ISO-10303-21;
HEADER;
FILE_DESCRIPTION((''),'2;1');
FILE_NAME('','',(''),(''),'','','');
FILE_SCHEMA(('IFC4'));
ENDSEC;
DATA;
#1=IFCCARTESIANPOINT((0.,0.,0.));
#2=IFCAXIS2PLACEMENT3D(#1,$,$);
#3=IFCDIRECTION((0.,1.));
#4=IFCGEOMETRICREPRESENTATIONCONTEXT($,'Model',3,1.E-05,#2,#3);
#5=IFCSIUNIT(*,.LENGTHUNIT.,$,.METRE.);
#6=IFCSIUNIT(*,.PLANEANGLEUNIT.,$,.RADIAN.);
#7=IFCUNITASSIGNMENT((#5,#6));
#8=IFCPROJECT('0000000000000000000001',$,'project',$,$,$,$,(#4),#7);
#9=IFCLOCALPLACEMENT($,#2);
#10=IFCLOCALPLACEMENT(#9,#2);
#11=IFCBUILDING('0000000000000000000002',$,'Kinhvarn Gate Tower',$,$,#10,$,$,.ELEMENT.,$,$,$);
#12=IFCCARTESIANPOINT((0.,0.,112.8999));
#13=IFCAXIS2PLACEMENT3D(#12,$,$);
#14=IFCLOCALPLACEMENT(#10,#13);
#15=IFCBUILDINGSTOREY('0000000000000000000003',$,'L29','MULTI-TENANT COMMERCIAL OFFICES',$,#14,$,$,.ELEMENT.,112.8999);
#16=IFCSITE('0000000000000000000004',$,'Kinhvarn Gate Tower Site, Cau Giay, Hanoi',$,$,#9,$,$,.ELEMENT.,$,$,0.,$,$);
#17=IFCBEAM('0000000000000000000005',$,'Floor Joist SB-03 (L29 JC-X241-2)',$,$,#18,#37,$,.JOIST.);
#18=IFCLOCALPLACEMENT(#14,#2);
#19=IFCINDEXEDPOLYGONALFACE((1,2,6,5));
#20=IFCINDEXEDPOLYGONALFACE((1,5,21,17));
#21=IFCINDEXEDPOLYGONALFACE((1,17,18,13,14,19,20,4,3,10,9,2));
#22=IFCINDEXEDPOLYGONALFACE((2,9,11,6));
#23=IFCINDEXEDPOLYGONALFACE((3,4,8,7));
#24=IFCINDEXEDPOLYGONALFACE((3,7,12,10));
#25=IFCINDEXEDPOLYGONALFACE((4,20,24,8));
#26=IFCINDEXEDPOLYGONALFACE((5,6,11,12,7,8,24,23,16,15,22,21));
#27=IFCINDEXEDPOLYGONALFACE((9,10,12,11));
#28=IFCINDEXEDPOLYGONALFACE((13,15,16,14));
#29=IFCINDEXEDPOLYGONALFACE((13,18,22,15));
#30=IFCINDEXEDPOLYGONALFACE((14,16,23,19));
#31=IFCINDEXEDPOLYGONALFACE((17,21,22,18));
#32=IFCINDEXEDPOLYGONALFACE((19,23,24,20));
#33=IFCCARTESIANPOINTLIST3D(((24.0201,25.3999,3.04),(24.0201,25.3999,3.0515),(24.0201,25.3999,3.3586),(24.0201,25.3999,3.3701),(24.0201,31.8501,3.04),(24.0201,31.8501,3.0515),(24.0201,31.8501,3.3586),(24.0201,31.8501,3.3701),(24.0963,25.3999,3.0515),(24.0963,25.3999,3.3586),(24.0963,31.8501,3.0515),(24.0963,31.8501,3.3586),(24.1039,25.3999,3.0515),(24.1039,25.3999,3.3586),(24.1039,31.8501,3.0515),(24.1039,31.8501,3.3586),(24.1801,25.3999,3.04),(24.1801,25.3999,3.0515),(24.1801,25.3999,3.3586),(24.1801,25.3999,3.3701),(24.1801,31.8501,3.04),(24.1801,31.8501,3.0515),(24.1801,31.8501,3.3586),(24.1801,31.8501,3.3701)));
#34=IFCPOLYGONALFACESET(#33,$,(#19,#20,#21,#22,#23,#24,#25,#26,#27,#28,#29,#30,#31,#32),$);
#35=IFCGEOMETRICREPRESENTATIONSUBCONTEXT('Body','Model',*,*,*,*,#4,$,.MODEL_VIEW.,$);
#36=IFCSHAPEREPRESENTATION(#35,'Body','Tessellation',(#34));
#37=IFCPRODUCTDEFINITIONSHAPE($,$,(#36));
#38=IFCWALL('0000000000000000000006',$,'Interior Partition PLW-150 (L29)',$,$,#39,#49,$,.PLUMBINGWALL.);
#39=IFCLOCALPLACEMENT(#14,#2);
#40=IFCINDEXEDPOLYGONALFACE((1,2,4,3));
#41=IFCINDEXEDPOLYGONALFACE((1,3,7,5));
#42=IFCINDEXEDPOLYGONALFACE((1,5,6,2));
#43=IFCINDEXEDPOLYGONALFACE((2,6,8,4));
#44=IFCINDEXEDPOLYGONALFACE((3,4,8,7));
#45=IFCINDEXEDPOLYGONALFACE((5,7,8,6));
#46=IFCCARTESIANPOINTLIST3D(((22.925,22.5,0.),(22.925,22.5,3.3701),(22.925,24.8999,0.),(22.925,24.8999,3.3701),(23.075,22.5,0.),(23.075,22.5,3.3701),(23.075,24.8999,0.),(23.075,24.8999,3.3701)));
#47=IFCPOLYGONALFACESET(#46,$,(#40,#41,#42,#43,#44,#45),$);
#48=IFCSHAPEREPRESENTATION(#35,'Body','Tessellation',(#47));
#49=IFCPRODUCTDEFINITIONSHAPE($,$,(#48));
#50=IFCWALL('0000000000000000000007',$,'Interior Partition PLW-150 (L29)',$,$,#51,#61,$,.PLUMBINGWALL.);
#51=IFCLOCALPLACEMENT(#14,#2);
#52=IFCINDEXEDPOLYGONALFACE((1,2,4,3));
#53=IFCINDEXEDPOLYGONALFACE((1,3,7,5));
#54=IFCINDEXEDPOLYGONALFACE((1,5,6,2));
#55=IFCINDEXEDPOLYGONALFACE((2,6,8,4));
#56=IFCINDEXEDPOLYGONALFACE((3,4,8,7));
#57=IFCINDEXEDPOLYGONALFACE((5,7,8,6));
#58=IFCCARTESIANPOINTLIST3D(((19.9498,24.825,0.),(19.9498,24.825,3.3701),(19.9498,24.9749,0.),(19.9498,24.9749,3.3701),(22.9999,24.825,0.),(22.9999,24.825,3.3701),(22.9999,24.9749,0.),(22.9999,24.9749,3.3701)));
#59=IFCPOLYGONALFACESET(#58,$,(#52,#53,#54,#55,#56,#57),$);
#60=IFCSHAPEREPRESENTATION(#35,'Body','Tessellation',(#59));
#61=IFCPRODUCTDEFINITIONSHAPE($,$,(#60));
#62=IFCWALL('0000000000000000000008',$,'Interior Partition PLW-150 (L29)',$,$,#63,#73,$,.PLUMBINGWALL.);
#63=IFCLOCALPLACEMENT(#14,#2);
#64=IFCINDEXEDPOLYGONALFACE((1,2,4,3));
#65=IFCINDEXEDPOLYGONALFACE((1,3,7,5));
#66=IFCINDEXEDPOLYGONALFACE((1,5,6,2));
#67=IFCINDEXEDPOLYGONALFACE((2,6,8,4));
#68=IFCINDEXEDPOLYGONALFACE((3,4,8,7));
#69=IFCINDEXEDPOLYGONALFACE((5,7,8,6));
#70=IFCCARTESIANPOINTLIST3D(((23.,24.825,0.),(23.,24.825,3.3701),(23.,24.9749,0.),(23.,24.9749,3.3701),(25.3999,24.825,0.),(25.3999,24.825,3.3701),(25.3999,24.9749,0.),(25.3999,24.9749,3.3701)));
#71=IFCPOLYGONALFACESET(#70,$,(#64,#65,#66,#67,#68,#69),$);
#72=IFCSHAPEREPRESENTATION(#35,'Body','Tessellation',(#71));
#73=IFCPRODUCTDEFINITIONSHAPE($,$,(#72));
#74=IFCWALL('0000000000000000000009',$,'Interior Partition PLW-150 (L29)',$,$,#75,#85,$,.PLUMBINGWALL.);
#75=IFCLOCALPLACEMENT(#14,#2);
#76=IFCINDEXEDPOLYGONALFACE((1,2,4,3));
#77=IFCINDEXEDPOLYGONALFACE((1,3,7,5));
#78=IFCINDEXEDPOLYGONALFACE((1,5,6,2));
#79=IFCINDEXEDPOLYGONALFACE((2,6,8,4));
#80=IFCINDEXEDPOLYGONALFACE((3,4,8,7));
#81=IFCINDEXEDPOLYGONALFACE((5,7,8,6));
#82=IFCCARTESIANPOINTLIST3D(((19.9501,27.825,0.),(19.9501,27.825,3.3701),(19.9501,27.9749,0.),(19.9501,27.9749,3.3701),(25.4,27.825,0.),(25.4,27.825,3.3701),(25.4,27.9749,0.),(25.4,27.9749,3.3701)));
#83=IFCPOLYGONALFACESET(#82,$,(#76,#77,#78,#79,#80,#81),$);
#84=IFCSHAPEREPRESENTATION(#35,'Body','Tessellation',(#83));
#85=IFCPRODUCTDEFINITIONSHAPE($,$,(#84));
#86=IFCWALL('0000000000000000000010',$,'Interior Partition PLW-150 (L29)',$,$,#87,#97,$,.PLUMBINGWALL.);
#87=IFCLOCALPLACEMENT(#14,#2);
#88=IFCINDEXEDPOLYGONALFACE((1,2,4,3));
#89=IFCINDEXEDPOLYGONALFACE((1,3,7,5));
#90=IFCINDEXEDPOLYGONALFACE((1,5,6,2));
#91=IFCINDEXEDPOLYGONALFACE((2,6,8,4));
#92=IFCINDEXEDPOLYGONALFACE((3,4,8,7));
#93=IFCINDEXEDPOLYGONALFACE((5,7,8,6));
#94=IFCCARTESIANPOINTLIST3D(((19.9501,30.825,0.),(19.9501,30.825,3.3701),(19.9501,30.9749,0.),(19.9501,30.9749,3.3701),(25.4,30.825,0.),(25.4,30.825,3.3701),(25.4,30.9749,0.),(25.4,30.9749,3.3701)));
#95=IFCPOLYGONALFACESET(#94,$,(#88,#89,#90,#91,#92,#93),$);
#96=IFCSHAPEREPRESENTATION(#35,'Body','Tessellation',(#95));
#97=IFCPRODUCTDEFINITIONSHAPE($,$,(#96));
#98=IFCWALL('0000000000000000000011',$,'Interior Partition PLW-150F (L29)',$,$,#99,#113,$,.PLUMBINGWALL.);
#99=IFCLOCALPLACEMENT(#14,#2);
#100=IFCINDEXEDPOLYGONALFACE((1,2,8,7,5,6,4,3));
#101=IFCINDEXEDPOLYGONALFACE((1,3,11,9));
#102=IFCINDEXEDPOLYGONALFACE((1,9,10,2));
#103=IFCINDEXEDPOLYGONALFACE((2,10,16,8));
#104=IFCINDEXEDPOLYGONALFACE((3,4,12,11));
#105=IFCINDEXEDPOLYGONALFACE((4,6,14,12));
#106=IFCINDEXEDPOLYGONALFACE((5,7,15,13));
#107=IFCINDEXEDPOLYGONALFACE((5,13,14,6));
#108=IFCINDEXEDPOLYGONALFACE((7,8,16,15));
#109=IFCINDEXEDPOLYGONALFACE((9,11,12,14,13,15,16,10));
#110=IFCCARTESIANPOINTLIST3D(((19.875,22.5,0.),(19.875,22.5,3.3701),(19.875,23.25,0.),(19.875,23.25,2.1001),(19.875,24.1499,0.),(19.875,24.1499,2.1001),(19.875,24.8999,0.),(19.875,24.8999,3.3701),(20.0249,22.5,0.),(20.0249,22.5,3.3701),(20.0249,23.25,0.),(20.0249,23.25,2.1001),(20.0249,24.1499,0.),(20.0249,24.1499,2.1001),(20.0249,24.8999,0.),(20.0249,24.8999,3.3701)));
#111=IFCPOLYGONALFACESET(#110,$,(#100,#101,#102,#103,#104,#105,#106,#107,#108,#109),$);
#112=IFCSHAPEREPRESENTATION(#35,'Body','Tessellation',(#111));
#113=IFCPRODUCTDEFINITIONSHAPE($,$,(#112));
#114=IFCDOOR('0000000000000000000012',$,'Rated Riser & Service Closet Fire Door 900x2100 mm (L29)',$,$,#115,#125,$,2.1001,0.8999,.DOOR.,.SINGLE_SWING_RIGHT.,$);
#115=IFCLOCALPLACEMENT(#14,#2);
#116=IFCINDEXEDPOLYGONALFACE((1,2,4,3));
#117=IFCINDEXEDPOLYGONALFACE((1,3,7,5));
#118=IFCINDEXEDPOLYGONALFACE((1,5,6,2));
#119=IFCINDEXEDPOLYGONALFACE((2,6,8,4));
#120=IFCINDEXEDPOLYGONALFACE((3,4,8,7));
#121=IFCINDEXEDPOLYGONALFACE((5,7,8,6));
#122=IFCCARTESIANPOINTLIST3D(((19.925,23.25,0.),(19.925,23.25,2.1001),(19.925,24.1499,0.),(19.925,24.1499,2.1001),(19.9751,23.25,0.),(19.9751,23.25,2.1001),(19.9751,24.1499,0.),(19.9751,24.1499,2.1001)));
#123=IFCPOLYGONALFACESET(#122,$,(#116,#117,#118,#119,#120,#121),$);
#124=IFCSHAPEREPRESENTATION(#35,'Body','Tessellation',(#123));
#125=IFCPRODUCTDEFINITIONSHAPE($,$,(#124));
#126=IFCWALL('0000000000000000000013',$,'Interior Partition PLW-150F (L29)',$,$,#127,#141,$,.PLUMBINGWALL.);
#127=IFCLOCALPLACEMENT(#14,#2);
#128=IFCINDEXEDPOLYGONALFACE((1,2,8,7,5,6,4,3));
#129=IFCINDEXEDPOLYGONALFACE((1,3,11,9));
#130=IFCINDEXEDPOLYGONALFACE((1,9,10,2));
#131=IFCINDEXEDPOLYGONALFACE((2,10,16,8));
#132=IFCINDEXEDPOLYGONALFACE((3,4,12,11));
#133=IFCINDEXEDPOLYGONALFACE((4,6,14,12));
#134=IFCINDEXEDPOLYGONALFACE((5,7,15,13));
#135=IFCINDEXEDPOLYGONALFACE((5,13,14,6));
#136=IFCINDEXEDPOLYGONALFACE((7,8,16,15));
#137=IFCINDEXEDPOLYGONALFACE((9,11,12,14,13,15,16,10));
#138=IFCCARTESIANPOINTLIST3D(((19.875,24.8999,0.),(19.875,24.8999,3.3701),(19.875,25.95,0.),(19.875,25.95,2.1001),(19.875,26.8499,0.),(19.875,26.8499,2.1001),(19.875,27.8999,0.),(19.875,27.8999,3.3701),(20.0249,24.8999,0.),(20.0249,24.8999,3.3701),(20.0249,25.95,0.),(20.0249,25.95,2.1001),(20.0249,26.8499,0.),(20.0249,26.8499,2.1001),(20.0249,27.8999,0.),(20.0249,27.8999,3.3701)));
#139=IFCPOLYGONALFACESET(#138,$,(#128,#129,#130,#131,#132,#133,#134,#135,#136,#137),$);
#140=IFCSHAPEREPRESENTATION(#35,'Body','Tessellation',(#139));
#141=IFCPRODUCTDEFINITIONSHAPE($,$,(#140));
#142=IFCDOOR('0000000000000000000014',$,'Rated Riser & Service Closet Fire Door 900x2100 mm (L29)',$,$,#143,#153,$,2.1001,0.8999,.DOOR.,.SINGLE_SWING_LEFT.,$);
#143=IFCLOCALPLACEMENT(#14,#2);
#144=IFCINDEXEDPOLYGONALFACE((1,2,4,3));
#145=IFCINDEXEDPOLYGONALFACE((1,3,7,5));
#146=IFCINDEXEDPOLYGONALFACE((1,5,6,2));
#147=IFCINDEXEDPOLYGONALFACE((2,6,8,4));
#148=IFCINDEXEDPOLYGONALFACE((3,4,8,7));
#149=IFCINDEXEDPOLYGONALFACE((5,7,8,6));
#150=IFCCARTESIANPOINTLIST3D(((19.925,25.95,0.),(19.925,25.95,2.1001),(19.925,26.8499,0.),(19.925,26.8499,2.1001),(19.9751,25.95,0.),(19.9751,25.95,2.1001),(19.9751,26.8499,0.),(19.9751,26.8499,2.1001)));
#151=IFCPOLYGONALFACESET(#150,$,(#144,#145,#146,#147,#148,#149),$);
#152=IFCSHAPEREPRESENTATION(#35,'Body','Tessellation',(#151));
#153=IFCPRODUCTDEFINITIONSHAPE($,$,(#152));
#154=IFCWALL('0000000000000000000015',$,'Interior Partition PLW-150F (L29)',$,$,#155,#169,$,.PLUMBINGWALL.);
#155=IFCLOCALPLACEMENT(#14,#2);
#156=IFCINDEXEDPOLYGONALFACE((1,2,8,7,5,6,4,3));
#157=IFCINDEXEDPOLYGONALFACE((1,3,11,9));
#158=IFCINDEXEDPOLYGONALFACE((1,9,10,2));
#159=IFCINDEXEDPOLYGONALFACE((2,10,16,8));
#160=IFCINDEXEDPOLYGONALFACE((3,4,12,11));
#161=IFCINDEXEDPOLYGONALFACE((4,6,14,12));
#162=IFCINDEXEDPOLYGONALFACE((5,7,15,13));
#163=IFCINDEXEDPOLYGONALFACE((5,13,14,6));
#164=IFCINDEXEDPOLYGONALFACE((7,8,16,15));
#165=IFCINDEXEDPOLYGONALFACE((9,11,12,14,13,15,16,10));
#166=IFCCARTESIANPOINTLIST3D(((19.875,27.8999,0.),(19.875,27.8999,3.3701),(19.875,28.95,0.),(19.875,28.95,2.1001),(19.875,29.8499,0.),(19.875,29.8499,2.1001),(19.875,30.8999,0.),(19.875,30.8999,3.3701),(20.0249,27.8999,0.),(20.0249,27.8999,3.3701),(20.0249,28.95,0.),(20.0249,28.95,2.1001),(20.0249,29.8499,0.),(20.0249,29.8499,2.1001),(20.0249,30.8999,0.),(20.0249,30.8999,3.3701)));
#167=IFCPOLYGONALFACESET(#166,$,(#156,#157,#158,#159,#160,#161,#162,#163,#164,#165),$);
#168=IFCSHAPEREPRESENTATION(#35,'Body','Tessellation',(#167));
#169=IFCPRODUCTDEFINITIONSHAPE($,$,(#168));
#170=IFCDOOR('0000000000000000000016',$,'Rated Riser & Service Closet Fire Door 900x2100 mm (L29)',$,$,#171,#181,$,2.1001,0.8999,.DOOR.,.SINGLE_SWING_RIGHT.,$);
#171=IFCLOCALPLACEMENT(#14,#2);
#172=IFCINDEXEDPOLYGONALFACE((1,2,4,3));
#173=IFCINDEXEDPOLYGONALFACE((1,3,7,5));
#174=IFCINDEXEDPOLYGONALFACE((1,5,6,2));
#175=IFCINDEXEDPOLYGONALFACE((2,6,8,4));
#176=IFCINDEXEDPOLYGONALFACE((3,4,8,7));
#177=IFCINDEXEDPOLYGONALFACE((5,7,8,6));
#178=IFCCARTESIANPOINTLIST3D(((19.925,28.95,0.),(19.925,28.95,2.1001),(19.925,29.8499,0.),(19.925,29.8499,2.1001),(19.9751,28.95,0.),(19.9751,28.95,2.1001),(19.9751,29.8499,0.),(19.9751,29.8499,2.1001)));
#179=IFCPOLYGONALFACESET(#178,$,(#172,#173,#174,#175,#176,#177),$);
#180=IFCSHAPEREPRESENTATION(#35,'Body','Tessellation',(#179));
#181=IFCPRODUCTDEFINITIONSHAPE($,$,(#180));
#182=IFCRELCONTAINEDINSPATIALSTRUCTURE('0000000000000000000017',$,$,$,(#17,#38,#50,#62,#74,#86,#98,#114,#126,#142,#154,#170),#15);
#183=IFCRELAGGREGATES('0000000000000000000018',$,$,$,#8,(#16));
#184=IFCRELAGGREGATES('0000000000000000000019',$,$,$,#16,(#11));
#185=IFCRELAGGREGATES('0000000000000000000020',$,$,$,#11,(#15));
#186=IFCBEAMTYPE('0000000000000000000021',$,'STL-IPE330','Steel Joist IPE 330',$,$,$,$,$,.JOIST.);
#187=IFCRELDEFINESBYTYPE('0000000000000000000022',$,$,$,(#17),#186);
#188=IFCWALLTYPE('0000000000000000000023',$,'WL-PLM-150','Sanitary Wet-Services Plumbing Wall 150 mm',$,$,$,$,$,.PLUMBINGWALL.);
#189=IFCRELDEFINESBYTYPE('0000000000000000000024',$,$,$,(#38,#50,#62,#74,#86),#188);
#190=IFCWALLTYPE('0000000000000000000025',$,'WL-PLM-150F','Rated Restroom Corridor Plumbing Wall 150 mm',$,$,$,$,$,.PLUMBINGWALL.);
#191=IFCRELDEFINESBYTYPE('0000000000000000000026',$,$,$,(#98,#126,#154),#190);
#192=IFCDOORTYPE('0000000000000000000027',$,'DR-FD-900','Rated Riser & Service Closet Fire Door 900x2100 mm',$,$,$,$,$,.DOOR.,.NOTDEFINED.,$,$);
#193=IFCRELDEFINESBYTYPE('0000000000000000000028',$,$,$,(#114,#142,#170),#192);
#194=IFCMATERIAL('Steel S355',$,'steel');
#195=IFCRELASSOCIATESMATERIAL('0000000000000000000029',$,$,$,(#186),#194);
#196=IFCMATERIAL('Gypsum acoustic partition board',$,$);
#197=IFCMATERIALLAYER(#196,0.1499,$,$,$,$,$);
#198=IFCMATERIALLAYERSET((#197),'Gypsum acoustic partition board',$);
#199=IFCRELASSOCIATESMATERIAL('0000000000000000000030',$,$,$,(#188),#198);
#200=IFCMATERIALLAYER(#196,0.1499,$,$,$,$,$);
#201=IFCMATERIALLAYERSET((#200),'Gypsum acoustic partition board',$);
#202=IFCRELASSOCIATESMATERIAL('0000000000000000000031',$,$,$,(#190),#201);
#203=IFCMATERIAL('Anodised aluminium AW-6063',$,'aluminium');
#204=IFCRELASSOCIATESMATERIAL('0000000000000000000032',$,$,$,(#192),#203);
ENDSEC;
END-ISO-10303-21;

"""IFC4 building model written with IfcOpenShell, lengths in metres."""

from ifc_helpers import new_model, si_unit, direction, frame, frame_2d, origin, origin_2d, place, context, subcontext, project, spatial, rectangle, i_section, extrude, material, layer, layer_set, material_profile, profile_set, type_object, element, fill, save


model = new_model("IFC4")

# Units and contexts
model_context = context("Model", 3, precision=1e-05, world=origin(), true_north=direction((0.0, 1.0)))
body_context = subcontext(model_context, "Body", "Model", "MODEL_VIEW")
ifc_project = project(units=[si_unit("LENGTHUNIT", "METRE"), si_unit("PLANEANGLEUNIT", "RADIAN")], contexts=[model_context])

# Site, building, storey
site_placement = place(None, origin())
site = spatial("IfcSite", under=ifc_project, at=site_placement, Name="Kinhvarn Gate Tower Site, Cau Giay, Hanoi", CompositionType="ELEMENT", RefElevation=0.0)
building_placement = place(site_placement, origin())
building = spatial("IfcBuilding", under=site, at=building_placement, Name="Kinhvarn Gate Tower", CompositionType="ELEMENT")
storey_placement = place(building_placement, frame((0.0, 0.0, 112.8999)))
storey = spatial("IfcBuildingStorey", under=building, at=storey_placement, Name="L29", Description="MULTI-TENANT COMMERCIAL OFFICES", CompositionType="ELEMENT", Elevation=112.8999)

# Beam
ifc_material_1 = material(Name="Steel S355", Category="steel")
ifc_material_profile_1 = material_profile(ifc_material_1, i_section(OverallWidth=0.1599, OverallDepth=0.3301, WebThickness=0.0076, FlangeThickness=0.0115, at=origin_2d()), Name="IPE 330")
ifc_profile_set_1 = profile_set([ifc_material_profile_1], Name="Steel S355")
beam_type_1 = type_object("IfcBeamType", Name="STL-IPE330", Description="Steel Joist IPE 330", PredefinedType="JOIST", material=ifc_profile_set_1)
beam_1_placement = place(storey_placement, frame((24.1001, 25.3999, 3.2051), z_axis=(0.0, 1.0, 0.0), x_axis=(-1.0, 0.0, 0.0)))
element("IfcBeam", 1, at=beam_1_placement, inside=storey, type_object=beam_type_1, Name="Floor Joist SB-03 (L29 JC-X241-2)", PredefinedType="JOIST", context=body_context, shape_type="SweptSolid", body=[
    extrude(i_section(OverallWidth=0.1599, OverallDepth=0.3301, WebThickness=0.0076, FlangeThickness=0.0115, at=origin_2d()), origin(), (0.0, 0.0, 1.0), 6.4502),
])

# Shared definitions
ifc_material_2 = material(Name="Anodised aluminium AW-6063", Category="aluminium")

# Walls
ifc_material_3 = material(Name="Gypsum acoustic partition board")
ifc_layer_1 = layer(ifc_material_3, 0.1499)
ifc_layer_set_1 = layer_set([ifc_layer_1], Name="Gypsum acoustic partition board")
wall_type_1 = type_object("IfcWallType", Name="WL-PLM-150", Description="Sanitary Wet-Services Plumbing Wall 150 mm", PredefinedType="PLUMBINGWALL", material=ifc_layer_set_1)
wall_1_placement = place(storey_placement, frame((23.0, 22.5, 0.0), z_axis=(0.0, 0.0, 1.0), x_axis=(0.0, 1.0, 0.0)))
element("IfcWall", 2, at=wall_1_placement, inside=storey, type_object=wall_type_1, Name="Interior Partition PLW-150 (L29)", PredefinedType="PLUMBINGWALL", context=body_context, shape_type="SweptSolid", body=[
    extrude(rectangle(XDim=2.3999, YDim=0.1499, at=frame_2d((1.2, 0.0))), origin(), (0.0, 0.0, 1.0), 3.3701),
])
wall_2_placement = place(storey_placement, frame((19.95, 24.8999, 0.0), z_axis=(0.0, 0.0, 1.0), x_axis=(1.0, 0.0, 0.0)))
element("IfcWall", 3, at=wall_2_placement, inside=storey, type_object=wall_type_1, Name="Interior Partition PLW-150 (L29)", PredefinedType="PLUMBINGWALL", context=body_context, shape_type="SweptSolid", body=[
    extrude(rectangle(XDim=3.05, YDim=0.1499, at=frame_2d((1.5249, 0.0))), origin(), (0.0, 0.0, 1.0), 3.3701),
])
wall_3_placement = place(storey_placement, frame((23.0, 24.8999, 0.0), z_axis=(0.0, 0.0, 1.0), x_axis=(1.0, 0.0, 0.0)))
element("IfcWall", 4, at=wall_3_placement, inside=storey, type_object=wall_type_1, Name="Interior Partition PLW-150 (L29)", PredefinedType="PLUMBINGWALL", context=body_context, shape_type="SweptSolid", body=[
    extrude(rectangle(XDim=2.3999, YDim=0.1499, at=frame_2d((1.2, 0.0))), origin(), (0.0, 0.0, 1.0), 3.3701),
])
for number, where, z_axis, x_axis, name in (
    (5, (19.95, 27.8999, 0.0), (0.0, 0.0, 1.0), (1.0, 0.0, 0.0), "Interior Partition PLW-150 (L29)"),
    (6, (19.95, 30.8999, 0.0), (0.0, 0.0, 1.0), (1.0, 0.0, 0.0), "Interior Partition PLW-150 (L29)"),
):
    element("IfcWall", number, at=place(storey_placement, frame(where, z_axis=z_axis, x_axis=x_axis)), inside=storey, type_object=wall_type_1, Name=name, PredefinedType="PLUMBINGWALL", context=body_context, shape_type="SweptSolid", body=[
        extrude(rectangle(XDim=5.45, YDim=0.1499, at=frame_2d((2.7251, 0.0))), origin(), (0.0, 0.0, 1.0), 3.3701),
    ])

# Walls, openings, doors
ifc_layer_2 = layer(ifc_material_3, 0.1499)
ifc_layer_set_2 = layer_set([ifc_layer_2], Name="Gypsum acoustic partition board")
wall_type_2 = type_object("IfcWallType", Name="WL-PLM-150F", Description="Rated Restroom Corridor Plumbing Wall 150 mm", PredefinedType="PLUMBINGWALL", material=ifc_layer_set_2)
wall_4_placement = place(storey_placement, frame((19.95, 22.5, 0.0), z_axis=(0.0, 0.0, 1.0), x_axis=(0.0, 1.0, 0.0)))
wall_4 = element("IfcWall", 7, at=wall_4_placement, inside=storey, type_object=wall_type_2, Name="Interior Partition PLW-150F (L29)", PredefinedType="PLUMBINGWALL", context=body_context, shape_type="SweptSolid", body=[
    extrude(rectangle(XDim=2.3999, YDim=0.1499, at=frame_2d((1.2, 0.0))), origin(), (0.0, 0.0, 1.0), 3.3701),
])
opening_1_placement = place(wall_4_placement, frame((0.75, 0.0, 0.0)))
opening_1 = element("IfcOpeningElement", 8, at=opening_1_placement, cuts=wall_4, PredefinedType="OPENING", context=body_context, shape_type="SweptSolid", body=[
    extrude(rectangle(XDim=0.8999, YDim=2.1001, at=frame_2d((0.45, 1.05))), frame((0.0, 0.085, 0.0), z_axis=(0.0, -1.0, 0.0), x_axis=(1.0, 0.0, 0.0)), (0.0, 0.0, 1.0), 0.1699),
])
door_type_1 = type_object("IfcDoorType", Name="DR-FD-900", Description="Rated Riser & Service Closet Fire Door 900x2100 mm", OperationType="NOTDEFINED", PredefinedType="DOOR", material=ifc_material_2)
door_1_placement = place(opening_1_placement, origin())
door_1 = element("IfcDoor", 9, at=door_1_placement, inside=storey, type_object=door_type_1, Name="Rated Riser & Service Closet Fire Door 900x2100 mm (L29)", OperationType="SINGLE_SWING_RIGHT", OverallHeight=2.1001, OverallWidth=0.8999, PredefinedType="DOOR", context=body_context, shape_type="SweptSolid", body=[
    extrude(rectangle(XDim=0.8999, YDim=2.1001, at=frame_2d((0.45, 1.05))), frame((0.0, 0.0249, 0.0), z_axis=(0.0, -1.0, 0.0), x_axis=(1.0, 0.0, 0.0)), (0.0, 0.0, 1.0), 0.05),
])
fill(opening_1, door_1)
wall_5_placement = place(storey_placement, frame((19.95, 24.8999, 0.0), z_axis=(0.0, 0.0, 1.0), x_axis=(0.0, 1.0, 0.0)))
wall_5 = element("IfcWall", 10, at=wall_5_placement, inside=storey, type_object=wall_type_2, Name="Interior Partition PLW-150F (L29)", PredefinedType="PLUMBINGWALL", context=body_context, shape_type="SweptSolid", body=[
    extrude(rectangle(XDim=3.0, YDim=0.1499, at=frame_2d((1.5, 0.0))), origin(), (0.0, 0.0, 1.0), 3.3701),
])
opening_2_placement = place(wall_5_placement, frame((1.05, 0.0, 0.0)))
opening_2 = element("IfcOpeningElement", 11, at=opening_2_placement, cuts=wall_5, PredefinedType="OPENING", context=body_context, shape_type="SweptSolid", body=[
    extrude(rectangle(XDim=0.8999, YDim=2.1001, at=frame_2d((0.45, 1.05))), frame((0.0, 0.085, 0.0), z_axis=(0.0, -1.0, 0.0), x_axis=(1.0, 0.0, 0.0)), (0.0, 0.0, 1.0), 0.1699),
])
door_2_placement = place(opening_2_placement, origin())
door_2 = element("IfcDoor", 12, at=door_2_placement, inside=storey, type_object=door_type_1, Name="Rated Riser & Service Closet Fire Door 900x2100 mm (L29)", OperationType="SINGLE_SWING_LEFT", OverallHeight=2.1001, OverallWidth=0.8999, PredefinedType="DOOR", context=body_context, shape_type="SweptSolid", body=[
    extrude(rectangle(XDim=0.8999, YDim=2.1001, at=frame_2d((0.45, 1.05))), frame((0.0, 0.0249, 0.0), z_axis=(0.0, -1.0, 0.0), x_axis=(1.0, 0.0, 0.0)), (0.0, 0.0, 1.0), 0.05),
])
fill(opening_2, door_2)
wall_6_placement = place(storey_placement, frame((19.95, 27.8999, 0.0), z_axis=(0.0, 0.0, 1.0), x_axis=(0.0, 1.0, 0.0)))
wall_6 = element("IfcWall", 13, at=wall_6_placement, inside=storey, type_object=wall_type_2, Name="Interior Partition PLW-150F (L29)", PredefinedType="PLUMBINGWALL", context=body_context, shape_type="SweptSolid", body=[
    extrude(rectangle(XDim=3.0, YDim=0.1499, at=frame_2d((1.5, 0.0))), origin(), (0.0, 0.0, 1.0), 3.3701),
])
opening_3_placement = place(wall_6_placement, frame((1.05, 0.0, 0.0)))
opening_3 = element("IfcOpeningElement", 14, at=opening_3_placement, cuts=wall_6, PredefinedType="OPENING", context=body_context, shape_type="SweptSolid", body=[
    extrude(rectangle(XDim=0.8999, YDim=2.1001, at=frame_2d((0.45, 1.05))), frame((0.0, 0.085, 0.0), z_axis=(0.0, -1.0, 0.0), x_axis=(1.0, 0.0, 0.0)), (0.0, 0.0, 1.0), 0.1699),
])
door_3_placement = place(opening_3_placement, origin())
door_3 = element("IfcDoor", 15, at=door_3_placement, inside=storey, type_object=door_type_1, Name="Rated Riser & Service Closet Fire Door 900x2100 mm (L29)", OperationType="SINGLE_SWING_RIGHT", OverallHeight=2.1001, OverallWidth=0.8999, PredefinedType="DOOR", context=body_context, shape_type="SweptSolid", body=[
    extrude(rectangle(XDim=0.8999, YDim=2.1001, at=frame_2d((0.45, 1.05))), frame((0.0, 0.0249, 0.0), z_axis=(0.0, -1.0, 0.0), x_axis=(1.0, 0.0, 0.0)), (0.0, 0.0, 1.0), 0.05),
])
fill(opening_3, door_3)

save(model, "model.ifc")
